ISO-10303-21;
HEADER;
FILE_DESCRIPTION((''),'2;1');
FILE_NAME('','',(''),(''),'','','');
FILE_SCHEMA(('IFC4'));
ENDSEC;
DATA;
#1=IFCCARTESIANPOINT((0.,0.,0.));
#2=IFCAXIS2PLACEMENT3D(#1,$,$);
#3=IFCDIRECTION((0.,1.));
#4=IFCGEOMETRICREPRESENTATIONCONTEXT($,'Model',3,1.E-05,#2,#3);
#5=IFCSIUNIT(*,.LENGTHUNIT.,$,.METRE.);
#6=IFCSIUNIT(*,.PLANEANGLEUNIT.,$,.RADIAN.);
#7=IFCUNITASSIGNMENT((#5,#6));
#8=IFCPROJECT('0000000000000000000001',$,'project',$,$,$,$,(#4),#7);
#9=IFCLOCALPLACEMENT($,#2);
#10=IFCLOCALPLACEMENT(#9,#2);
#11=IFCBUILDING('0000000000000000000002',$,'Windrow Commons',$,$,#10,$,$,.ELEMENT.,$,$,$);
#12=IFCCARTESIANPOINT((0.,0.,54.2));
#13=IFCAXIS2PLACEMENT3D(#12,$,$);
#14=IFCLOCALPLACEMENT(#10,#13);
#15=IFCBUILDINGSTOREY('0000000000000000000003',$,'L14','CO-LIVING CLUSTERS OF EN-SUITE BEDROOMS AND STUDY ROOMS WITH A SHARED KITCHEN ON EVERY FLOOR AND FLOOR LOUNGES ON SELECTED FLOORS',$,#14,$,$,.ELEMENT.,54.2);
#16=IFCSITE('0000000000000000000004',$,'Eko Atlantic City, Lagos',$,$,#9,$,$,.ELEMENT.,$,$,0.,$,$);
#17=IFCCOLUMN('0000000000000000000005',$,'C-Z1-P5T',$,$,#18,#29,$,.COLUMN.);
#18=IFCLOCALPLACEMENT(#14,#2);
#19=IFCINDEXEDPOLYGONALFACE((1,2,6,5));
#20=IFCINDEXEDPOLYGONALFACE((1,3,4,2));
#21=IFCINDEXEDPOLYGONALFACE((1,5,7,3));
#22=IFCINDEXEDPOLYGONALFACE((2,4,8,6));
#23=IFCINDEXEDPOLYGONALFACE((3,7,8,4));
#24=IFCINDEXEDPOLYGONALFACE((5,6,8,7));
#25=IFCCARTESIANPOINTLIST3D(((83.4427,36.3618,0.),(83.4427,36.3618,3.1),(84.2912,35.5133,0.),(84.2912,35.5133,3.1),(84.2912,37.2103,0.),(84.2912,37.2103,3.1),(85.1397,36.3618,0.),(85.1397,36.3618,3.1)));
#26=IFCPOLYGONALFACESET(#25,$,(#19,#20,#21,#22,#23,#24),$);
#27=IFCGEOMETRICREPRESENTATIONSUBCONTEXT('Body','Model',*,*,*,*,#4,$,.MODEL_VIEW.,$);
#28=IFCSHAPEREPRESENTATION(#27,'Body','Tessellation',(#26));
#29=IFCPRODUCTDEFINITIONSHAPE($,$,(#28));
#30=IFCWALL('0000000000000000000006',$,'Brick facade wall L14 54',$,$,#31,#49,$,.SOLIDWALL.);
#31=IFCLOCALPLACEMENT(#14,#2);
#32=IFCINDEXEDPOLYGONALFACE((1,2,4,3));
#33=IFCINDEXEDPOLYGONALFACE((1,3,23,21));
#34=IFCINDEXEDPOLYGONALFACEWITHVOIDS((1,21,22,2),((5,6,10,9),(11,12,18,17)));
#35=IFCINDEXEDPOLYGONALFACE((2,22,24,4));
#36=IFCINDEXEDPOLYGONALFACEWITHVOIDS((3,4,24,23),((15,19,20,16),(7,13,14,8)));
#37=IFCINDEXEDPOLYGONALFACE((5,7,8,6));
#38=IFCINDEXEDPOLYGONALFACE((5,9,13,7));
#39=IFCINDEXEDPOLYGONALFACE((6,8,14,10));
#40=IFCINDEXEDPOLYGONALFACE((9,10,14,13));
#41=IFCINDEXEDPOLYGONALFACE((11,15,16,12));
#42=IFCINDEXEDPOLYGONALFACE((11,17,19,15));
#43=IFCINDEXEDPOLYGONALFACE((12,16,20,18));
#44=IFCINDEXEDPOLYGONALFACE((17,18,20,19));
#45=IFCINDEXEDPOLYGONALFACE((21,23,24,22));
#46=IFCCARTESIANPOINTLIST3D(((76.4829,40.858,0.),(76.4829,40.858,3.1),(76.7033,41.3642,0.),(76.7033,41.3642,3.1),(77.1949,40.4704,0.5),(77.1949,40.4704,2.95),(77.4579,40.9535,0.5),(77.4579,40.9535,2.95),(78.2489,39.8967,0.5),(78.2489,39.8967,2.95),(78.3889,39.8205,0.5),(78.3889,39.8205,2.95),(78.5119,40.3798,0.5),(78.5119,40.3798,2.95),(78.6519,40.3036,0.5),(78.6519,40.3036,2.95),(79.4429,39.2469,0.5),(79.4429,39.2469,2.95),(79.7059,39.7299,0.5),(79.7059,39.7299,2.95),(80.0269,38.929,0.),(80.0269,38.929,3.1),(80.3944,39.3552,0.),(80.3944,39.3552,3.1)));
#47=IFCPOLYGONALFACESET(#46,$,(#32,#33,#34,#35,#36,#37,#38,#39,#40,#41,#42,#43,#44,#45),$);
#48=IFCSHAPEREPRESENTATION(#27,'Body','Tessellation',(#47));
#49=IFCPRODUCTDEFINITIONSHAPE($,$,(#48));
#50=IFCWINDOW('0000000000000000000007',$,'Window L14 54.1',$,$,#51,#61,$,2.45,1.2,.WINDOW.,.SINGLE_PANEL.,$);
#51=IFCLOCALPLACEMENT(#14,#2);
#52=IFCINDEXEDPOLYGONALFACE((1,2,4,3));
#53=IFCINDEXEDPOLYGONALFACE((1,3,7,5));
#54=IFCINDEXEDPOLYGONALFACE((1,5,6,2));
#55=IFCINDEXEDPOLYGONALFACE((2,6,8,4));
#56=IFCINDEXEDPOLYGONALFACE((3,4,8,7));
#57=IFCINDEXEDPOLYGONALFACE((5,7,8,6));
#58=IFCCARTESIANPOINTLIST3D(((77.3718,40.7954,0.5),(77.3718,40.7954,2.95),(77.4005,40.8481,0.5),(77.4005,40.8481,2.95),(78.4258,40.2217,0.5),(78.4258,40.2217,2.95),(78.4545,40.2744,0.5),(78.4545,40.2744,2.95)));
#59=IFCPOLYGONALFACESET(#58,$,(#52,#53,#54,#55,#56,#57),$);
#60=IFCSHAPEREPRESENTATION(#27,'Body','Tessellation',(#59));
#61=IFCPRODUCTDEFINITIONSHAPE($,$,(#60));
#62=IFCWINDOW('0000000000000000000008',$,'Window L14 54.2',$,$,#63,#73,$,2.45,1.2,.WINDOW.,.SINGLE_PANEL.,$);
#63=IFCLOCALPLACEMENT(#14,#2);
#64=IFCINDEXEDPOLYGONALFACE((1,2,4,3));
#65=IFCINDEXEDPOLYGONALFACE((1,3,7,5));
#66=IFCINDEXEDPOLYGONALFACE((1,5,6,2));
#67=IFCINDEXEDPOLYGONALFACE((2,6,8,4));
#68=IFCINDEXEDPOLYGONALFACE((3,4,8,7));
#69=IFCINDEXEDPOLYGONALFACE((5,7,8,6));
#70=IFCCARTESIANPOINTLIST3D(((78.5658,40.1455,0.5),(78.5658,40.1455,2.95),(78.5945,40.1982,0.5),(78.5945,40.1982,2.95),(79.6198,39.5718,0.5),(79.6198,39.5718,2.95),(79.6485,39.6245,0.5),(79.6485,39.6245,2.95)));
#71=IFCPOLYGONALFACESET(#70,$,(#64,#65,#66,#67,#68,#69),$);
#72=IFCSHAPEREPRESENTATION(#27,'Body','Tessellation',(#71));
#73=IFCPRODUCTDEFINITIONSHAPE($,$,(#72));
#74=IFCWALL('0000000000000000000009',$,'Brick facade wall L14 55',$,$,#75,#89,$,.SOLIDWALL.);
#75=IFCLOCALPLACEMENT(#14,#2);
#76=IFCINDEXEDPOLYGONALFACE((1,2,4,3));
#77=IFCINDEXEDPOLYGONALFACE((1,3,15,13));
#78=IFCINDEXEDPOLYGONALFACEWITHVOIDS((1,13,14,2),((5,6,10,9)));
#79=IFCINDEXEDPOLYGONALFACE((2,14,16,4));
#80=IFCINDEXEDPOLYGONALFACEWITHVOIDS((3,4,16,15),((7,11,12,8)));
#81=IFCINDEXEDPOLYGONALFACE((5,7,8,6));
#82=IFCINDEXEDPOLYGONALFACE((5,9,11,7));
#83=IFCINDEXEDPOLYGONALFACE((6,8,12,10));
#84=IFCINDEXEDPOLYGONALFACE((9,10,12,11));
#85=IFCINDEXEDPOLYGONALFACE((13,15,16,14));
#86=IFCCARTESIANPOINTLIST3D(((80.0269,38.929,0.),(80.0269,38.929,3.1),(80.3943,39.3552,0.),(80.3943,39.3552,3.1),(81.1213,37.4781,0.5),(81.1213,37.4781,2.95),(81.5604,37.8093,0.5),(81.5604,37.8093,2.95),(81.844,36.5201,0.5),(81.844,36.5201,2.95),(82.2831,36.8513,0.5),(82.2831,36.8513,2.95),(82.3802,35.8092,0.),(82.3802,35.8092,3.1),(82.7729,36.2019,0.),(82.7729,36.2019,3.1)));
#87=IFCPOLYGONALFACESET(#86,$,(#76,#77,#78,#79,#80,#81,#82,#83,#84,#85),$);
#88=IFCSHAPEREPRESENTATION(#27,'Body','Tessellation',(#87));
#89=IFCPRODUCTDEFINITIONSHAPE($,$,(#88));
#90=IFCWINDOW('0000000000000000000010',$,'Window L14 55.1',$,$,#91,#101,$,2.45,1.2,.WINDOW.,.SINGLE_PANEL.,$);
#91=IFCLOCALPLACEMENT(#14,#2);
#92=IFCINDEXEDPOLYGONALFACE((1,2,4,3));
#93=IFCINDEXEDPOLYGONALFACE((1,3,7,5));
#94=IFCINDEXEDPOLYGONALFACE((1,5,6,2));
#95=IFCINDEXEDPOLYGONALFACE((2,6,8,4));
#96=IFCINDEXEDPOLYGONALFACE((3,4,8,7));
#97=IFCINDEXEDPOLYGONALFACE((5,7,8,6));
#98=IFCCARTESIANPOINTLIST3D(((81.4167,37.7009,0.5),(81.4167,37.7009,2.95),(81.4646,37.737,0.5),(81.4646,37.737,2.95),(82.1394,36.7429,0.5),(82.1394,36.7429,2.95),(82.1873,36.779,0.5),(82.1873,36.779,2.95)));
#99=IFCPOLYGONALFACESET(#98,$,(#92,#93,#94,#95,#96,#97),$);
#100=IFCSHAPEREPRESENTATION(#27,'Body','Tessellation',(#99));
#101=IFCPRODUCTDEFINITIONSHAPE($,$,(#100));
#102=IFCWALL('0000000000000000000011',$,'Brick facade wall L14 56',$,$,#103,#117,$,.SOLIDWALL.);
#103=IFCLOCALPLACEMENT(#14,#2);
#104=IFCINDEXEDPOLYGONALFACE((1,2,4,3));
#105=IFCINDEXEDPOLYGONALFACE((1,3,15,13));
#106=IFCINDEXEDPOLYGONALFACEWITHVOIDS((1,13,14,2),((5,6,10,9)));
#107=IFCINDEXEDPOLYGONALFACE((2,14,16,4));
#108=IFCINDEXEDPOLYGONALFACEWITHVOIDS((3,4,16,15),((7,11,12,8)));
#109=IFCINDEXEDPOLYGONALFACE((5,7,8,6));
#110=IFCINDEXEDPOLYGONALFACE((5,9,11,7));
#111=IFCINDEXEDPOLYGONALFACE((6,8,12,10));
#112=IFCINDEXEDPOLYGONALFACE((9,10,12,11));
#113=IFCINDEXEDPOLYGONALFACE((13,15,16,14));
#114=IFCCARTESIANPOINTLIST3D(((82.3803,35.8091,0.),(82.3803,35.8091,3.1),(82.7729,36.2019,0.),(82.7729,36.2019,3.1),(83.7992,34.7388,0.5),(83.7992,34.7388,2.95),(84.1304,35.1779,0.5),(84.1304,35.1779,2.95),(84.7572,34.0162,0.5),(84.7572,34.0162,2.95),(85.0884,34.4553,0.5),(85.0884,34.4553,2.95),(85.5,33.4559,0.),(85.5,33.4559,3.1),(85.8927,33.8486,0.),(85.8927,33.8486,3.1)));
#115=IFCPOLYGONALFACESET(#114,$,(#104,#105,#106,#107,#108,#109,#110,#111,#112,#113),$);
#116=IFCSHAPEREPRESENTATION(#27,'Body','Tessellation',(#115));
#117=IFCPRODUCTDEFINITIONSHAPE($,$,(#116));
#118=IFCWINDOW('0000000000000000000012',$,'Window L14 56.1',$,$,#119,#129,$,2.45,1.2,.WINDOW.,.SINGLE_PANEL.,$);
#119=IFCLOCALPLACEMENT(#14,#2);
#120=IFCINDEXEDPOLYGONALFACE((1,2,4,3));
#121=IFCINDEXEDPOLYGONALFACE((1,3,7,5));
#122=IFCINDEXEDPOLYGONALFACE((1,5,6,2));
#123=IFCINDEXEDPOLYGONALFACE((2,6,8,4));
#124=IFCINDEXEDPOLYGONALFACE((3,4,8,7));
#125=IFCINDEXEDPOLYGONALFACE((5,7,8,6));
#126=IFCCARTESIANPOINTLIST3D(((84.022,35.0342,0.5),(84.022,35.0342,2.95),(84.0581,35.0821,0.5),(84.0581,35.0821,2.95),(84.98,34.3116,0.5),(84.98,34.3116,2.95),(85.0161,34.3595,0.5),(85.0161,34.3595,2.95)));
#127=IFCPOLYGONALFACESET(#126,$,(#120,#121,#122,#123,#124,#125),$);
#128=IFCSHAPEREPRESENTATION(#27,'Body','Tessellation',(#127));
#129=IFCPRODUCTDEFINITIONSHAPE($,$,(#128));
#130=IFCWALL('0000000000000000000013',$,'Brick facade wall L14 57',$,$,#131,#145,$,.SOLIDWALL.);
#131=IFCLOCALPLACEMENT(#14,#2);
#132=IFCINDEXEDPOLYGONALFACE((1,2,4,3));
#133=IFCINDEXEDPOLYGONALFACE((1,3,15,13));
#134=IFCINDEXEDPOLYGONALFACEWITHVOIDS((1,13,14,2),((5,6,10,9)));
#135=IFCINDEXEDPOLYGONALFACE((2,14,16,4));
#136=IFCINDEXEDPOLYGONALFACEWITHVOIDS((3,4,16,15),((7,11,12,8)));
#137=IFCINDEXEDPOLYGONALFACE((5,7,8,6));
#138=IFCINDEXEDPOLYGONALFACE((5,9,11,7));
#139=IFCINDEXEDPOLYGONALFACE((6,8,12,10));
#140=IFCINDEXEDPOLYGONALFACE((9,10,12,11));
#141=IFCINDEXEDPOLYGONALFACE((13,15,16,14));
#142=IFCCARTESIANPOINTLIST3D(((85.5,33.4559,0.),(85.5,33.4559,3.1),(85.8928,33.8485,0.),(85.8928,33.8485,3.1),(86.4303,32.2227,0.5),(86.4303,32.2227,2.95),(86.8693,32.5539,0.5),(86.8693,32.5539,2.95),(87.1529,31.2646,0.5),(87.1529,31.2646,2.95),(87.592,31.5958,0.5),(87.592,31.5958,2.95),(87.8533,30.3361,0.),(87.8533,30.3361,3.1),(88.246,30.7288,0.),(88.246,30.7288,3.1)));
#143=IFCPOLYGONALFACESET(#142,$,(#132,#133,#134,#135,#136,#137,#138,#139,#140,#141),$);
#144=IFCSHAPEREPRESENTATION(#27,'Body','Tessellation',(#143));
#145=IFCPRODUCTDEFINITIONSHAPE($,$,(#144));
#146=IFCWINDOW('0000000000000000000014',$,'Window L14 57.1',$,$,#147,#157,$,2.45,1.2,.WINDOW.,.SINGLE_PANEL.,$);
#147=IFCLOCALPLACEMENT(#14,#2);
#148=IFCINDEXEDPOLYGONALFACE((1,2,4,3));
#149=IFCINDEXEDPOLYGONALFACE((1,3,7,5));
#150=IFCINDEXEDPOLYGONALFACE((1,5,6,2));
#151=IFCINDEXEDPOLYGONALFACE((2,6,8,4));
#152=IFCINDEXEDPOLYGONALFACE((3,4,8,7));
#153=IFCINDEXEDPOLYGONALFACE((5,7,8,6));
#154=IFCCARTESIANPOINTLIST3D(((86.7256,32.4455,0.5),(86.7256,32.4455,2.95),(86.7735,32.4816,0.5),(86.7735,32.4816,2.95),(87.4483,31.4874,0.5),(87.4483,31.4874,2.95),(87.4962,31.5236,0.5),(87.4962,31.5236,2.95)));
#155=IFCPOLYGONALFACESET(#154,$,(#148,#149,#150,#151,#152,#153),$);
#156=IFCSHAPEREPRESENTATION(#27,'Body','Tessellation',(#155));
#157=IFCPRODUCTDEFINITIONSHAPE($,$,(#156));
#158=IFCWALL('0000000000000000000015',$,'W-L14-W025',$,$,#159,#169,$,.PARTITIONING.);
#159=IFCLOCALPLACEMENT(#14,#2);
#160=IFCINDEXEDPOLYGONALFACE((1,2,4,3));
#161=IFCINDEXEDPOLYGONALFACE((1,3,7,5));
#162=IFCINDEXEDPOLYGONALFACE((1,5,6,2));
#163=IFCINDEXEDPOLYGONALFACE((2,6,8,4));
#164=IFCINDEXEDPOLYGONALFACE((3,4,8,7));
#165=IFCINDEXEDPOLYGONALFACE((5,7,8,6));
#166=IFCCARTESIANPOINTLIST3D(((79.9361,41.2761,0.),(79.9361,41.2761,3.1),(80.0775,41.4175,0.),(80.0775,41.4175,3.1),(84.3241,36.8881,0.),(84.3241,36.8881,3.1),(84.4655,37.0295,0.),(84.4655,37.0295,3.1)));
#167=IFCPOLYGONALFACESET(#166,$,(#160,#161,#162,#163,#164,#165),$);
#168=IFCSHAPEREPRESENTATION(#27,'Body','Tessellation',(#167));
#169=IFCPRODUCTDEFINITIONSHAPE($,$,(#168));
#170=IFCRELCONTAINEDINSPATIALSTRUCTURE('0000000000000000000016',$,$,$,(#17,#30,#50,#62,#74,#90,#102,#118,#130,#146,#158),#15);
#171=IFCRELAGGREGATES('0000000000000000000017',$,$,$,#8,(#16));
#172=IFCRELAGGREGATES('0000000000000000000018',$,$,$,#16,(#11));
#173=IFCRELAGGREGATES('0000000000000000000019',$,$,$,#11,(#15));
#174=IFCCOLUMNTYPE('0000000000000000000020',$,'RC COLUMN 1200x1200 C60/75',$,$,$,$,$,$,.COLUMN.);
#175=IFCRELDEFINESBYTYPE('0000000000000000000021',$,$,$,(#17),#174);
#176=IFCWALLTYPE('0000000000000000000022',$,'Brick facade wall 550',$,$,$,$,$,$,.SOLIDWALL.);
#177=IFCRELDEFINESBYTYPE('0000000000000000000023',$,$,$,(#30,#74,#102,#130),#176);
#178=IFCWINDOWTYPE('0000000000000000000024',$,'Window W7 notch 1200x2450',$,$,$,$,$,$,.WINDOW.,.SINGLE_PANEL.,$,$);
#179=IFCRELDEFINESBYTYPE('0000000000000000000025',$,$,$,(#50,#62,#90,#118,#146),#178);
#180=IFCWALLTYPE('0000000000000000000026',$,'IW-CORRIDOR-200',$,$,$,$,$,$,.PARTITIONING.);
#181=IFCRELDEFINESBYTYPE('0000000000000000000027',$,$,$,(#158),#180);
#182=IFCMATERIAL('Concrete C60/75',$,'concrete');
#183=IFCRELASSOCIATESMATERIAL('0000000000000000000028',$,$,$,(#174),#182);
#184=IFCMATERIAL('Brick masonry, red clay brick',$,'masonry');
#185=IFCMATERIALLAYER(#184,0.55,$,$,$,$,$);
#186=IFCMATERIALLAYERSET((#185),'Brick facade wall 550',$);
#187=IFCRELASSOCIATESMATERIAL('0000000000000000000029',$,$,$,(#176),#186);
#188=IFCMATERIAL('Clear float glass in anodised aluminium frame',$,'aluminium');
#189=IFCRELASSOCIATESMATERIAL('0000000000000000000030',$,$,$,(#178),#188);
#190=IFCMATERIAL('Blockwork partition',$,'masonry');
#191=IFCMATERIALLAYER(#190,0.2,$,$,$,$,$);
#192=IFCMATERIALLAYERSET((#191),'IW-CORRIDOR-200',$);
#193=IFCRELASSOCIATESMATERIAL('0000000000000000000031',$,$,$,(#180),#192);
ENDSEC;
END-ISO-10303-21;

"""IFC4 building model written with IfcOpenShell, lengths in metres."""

from ifc_helpers import new_model, si_unit, direction, frame, frame_2d, origin, origin_2d, place, context, subcontext, project, spatial, polyline, rectangle, outline, extrude, material, layer, layer_set, material_profile, profile_set, type_object, element, fill, save


model = new_model("IFC4")

# Units and contexts
model_context = context("Model", 3, precision=1e-05, world=origin(), true_north=direction((0.0, 1.0)))
body_context = subcontext(model_context, "Body", "Model", "MODEL_VIEW")
ifc_project = project(units=[si_unit("LENGTHUNIT", "METRE"), si_unit("PLANEANGLEUNIT", "RADIAN")], contexts=[model_context])

# Site, building, storey
site_placement = place(None, origin())
site = spatial("IfcSite", under=ifc_project, at=site_placement, Name="Eko Atlantic City, Lagos", CompositionType="ELEMENT", RefElevation=0.0)
building_placement = place(site_placement, origin())
building = spatial("IfcBuilding", under=site, at=building_placement, Name="Windrow Commons", CompositionType="ELEMENT")
storey_placement = place(building_placement, frame((0.0, 0.0, 54.2)))
storey = spatial("IfcBuildingStorey", under=building, at=storey_placement, Name="L14", Description="CO-LIVING CLUSTERS OF EN-SUITE BEDROOMS AND STUDY ROOMS WITH A SHARED KITCHEN ON EVERY FLOOR AND FLOOR LOUNGES ON SELECTED FLOORS", CompositionType="ELEMENT", Elevation=54.2)

# Column
ifc_material_1 = material(Name="Concrete C60/75", Category="concrete")
ifc_material_profile = material_profile(ifc_material_1, rectangle(XDim=1.2, YDim=1.2, at=origin_2d()))
ifc_profile_set = profile_set([ifc_material_profile], Name="Concrete C60/75")
column_type = type_object("IfcColumnType", Name="RC COLUMN 1200x1200 C60/75", PredefinedType="COLUMN", material=ifc_profile_set)
column_placement = place(storey_placement, frame((84.2912, 36.3618, 0.0), z_axis=(0.0, 0.0, 1.0), x_axis=(0.707107, -0.707107, 0.0)))
element("IfcColumn", 1, at=column_placement, inside=storey, type_object=column_type, Name="C-Z1-P5T", PredefinedType="COLUMN", context=body_context, shape_type="SweptSolid", body=[
    extrude(rectangle(XDim=1.2, YDim=1.2, at=origin_2d()), origin(), (0.0, 0.0, 1.0), 3.1),
])

# Wall, openings, windows
ifc_material_2 = material(Name="Brick masonry, red clay brick", Category="masonry")
ifc_layer_1 = layer(ifc_material_2, 0.55)
ifc_layer_set_1 = layer_set([ifc_layer_1], Name="Brick facade wall 550")
wall_type_1 = type_object("IfcWallType", Name="Brick facade wall 550", PredefinedType="SOLIDWALL", material=ifc_layer_set_1)
wall_1_placement = place(storey_placement, frame((76.5931, 41.1111, 0.0), z_axis=(0.0, 0.0, 1.0), x_axis=(0.878322, -0.478069, 0.0)))
wall_1 = element("IfcWall", 2, at=wall_1_placement, inside=storey, type_object=wall_type_1, Name="Brick facade wall L14 54", PredefinedType="SOLIDWALL", context=body_context, shape_type="SweptSolid", body=[
    extrude(outline(polyline([(0.0242, -0.275), (4.0592, -0.275), (4.1782, 0.275), (-0.0242, 0.275), (0.0242, -0.275)])), origin(), (0.0, 0.0, 1.0), 3.1),
])
opening_1_placement = place(wall_1_placement, frame((0.8349, 0.0, 0.5)))
opening_1 = element("IfcOpeningElement", 3, at=opening_1_placement, cuts=wall_1, PredefinedType="OPENING", context=body_context, shape_type="SweptSolid", body=[
    extrude(rectangle(XDim=1.2, YDim=2.45, at=frame_2d((0.6, 1.225))), frame((0.0, 0.285, 0.0), z_axis=(0.0, -1.0, 0.0), x_axis=(1.0, 0.0, 0.0)), (0.0, 0.0, 1.0), 0.57),
])
opening_2_placement = place(wall_1_placement, frame((2.1943, 0.0, 0.5)))
opening_2 = element("IfcOpeningElement", 4, at=opening_2_placement, cuts=wall_1, PredefinedType="OPENING", context=body_context, shape_type="SweptSolid", body=[
    extrude(rectangle(XDim=1.2, YDim=2.45, at=frame_2d((0.6, 1.225))), frame((0.0, 0.285, 0.0), z_axis=(0.0, -1.0, 0.0), x_axis=(1.0, 0.0, 0.0)), (0.0, 0.0, 1.0), 0.57),
])
ifc_material_3 = material(Name="Clear float glass in anodised aluminium frame", Category="aluminium")
window_type = type_object("IfcWindowType", Name="Window W7 notch 1200x2450", PartitioningType="SINGLE_PANEL", PredefinedType="WINDOW", material=ifc_material_3)
window_1_placement = place(opening_1_placement, origin())
window_1 = element("IfcWindow", 5, at=window_1_placement, inside=storey, type_object=window_type, Name="Window L14 54.1", OverallHeight=2.45, OverallWidth=1.2, PartitioningType="SINGLE_PANEL", PredefinedType="WINDOW", context=body_context, shape_type="SweptSolid", body=[
    extrude(rectangle(XDim=1.2, YDim=2.45, at=frame_2d((0.6, 1.225))), frame((0.0, 0.155, 0.0), z_axis=(0.0, -1.0, 0.0), x_axis=(1.0, 0.0, 0.0)), (0.0, 0.0, 1.0), 0.06),
])
fill(opening_1, window_1)
window_2_placement = place(opening_2_placement, origin())
window_2 = element("IfcWindow", 6, at=window_2_placement, inside=storey, type_object=window_type, Name="Window L14 54.2", OverallHeight=2.45, OverallWidth=1.2, PartitioningType="SINGLE_PANEL", PredefinedType="WINDOW", context=body_context, shape_type="SweptSolid", body=[
    extrude(rectangle(XDim=1.2, YDim=2.45, at=frame_2d((0.6, 1.225))), frame((0.0, 0.155, 0.0), z_axis=(0.0, -1.0, 0.0), x_axis=(1.0, 0.0, 0.0)), (0.0, 0.0, 1.0), 0.06),
])
fill(opening_2, window_2)

# Walls, openings, windows
wall_2_placement = place(storey_placement, frame((80.2106, 39.1421, 0.0), z_axis=(0.0, 0.0, 1.0), x_axis=(0.602205, -0.798342, 0.0)))
wall_2 = element("IfcWall", 7, at=wall_2_placement, inside=storey, type_object=wall_type_1, Name="Brick facade wall L14 55", PredefinedType="SOLIDWALL", context=body_context, shape_type="SweptSolid", body=[
    extrude(outline(polyline([(0.0595, -0.275), (3.9673, -0.275), (3.8903, 0.275), (-0.0595, 0.275), (0.0595, -0.275)])), origin(), (0.0, 0.0, 1.0), 3.1),
])
opening_3_placement = place(wall_2_placement, frame((1.8769, 0.0, 0.5)))
opening_3 = element("IfcOpeningElement", 8, at=opening_3_placement, cuts=wall_2, PredefinedType="OPENING", context=body_context, shape_type="SweptSolid", body=[
    extrude(rectangle(XDim=1.2, YDim=2.45, at=frame_2d((0.6, 1.225))), frame((0.0, 0.285, 0.0), z_axis=(0.0, -1.0, 0.0), x_axis=(1.0, 0.0, 0.0)), (0.0, 0.0, 1.0), 0.57),
])
window_3_placement = place(opening_3_placement, origin())
window_3 = element("IfcWindow", 9, at=window_3_placement, inside=storey, type_object=window_type, Name="Window L14 55.1", OverallHeight=2.45, OverallWidth=1.2, PartitioningType="SINGLE_PANEL", PredefinedType="WINDOW", context=body_context, shape_type="SweptSolid", body=[
    extrude(rectangle(XDim=1.2, YDim=2.45, at=frame_2d((0.6, 1.225))), frame((0.0, 0.155, 0.0), z_axis=(0.0, -1.0, 0.0), x_axis=(1.0, 0.0, 0.0)), (0.0, 0.0, 1.0), 0.06),
])
fill(opening_3, window_3)
wall_3_placement = place(storey_placement, frame((82.5766, 36.0055, 0.0), z_axis=(0.0, 0.0, 1.0), x_axis=(0.798345, -0.6022, 0.0)))
wall_3 = element("IfcWall", 10, at=wall_3_placement, inside=storey, type_object=wall_type_1, Name="Brick facade wall L14 56", PredefinedType="SOLIDWALL", context=body_context, shape_type="SweptSolid", body=[
    extrude(outline(polyline([(-0.0385, -0.275), (3.8693, -0.275), (3.9463, 0.275), (0.0385, 0.275), (-0.0385, -0.275)])), origin(), (0.0, 0.0, 1.0), 3.1),
])
opening_4_placement = place(wall_3_placement, frame((1.7388, 0.0, 0.5)))
opening_4 = element("IfcOpeningElement", 11, at=opening_4_placement, cuts=wall_3, PredefinedType="OPENING", context=body_context, shape_type="SweptSolid", body=[
    extrude(rectangle(XDim=1.2, YDim=2.45, at=frame_2d((0.6, 1.225))), frame((0.0, 0.285, 0.0), z_axis=(0.0, -1.0, 0.0), x_axis=(1.0, 0.0, 0.0)), (0.0, 0.0, 1.0), 0.57),
])
window_4_placement = place(opening_4_placement, origin())
window_4 = element("IfcWindow", 12, at=window_4_placement, inside=storey, type_object=window_type, Name="Window L14 56.1", OverallHeight=2.45, OverallWidth=1.2, PartitioningType="SINGLE_PANEL", PredefinedType="WINDOW", context=body_context, shape_type="SweptSolid", body=[
    extrude(rectangle(XDim=1.2, YDim=2.45, at=frame_2d((0.6, 1.225))), frame((0.0, 0.155, 0.0), z_axis=(0.0, -1.0, 0.0), x_axis=(1.0, 0.0, 0.0)), (0.0, 0.0, 1.0), 0.06),
])
fill(opening_4, window_4)
wall_4_placement = place(storey_placement, frame((85.6964, 33.6522, 0.0), z_axis=(0.0, 0.0, 1.0), x_axis=(0.602196, -0.798348, 0.0)))
wall_4 = element("IfcWall", 13, at=wall_4_placement, inside=storey, type_object=wall_type_1, Name="Brick facade wall L14 57", PredefinedType="SOLIDWALL", context=body_context, shape_type="SweptSolid", body=[
    extrude(outline(polyline([(0.0385, -0.275), (3.9463, -0.275), (3.8693, 0.275), (-0.0385, 0.275), (0.0385, -0.275)])), origin(), (0.0, 0.0, 1.0), 3.1),
])
opening_5_placement = place(wall_4_placement, frame((1.5832, 0.0, 0.5)))
opening_5 = element("IfcOpeningElement", 14, at=opening_5_placement, cuts=wall_4, PredefinedType="OPENING", context=body_context, shape_type="SweptSolid", body=[
    extrude(rectangle(XDim=1.2, YDim=2.45, at=frame_2d((0.6, 1.225))), frame((0.0, 0.285, 0.0), z_axis=(0.0, -1.0, 0.0), x_axis=(1.0, 0.0, 0.0)), (0.0, 0.0, 1.0), 0.57),
])
window_5_placement = place(opening_5_placement, origin())
window_5 = element("IfcWindow", 15, at=window_5_placement, inside=storey, type_object=window_type, Name="Window L14 57.1", OverallHeight=2.45, OverallWidth=1.2, PartitioningType="SINGLE_PANEL", PredefinedType="WINDOW", context=body_context, shape_type="SweptSolid", body=[
    extrude(rectangle(XDim=1.2, YDim=2.45, at=frame_2d((0.6, 1.225))), frame((0.0, 0.155, 0.0), z_axis=(0.0, -1.0, 0.0), x_axis=(1.0, 0.0, 0.0)), (0.0, 0.0, 1.0), 0.06),
])
fill(opening_5, window_5)

# Wall
ifc_material_4 = material(Name="Blockwork partition", Category="masonry")
ifc_layer_2 = layer(ifc_material_4, 0.2)
ifc_layer_set_2 = layer_set([ifc_layer_2], Name="IW-CORRIDOR-200")
wall_type_2 = type_object("IfcWallType", Name="IW-CORRIDOR-200", PredefinedType="PARTITIONING", material=ifc_layer_set_2)
wall_5_placement = place(storey_placement, frame((80.0068, 41.3468, 0.0), z_axis=(0.0, 0.0, 1.0), x_axis=(0.707107, -0.707107, 0.0)))
element("IfcWall", 16, at=wall_5_placement, inside=storey, type_object=wall_type_2, Name="W-L14-W025", PredefinedType="PARTITIONING", context=body_context, shape_type="SweptSolid", body=[
    extrude(rectangle(XDim=6.2056, YDim=0.2, at=frame_2d((3.1028, 0.0))), origin(), (0.0, 0.0, 1.0), 3.1),
])

save(model, "model.ifc")
